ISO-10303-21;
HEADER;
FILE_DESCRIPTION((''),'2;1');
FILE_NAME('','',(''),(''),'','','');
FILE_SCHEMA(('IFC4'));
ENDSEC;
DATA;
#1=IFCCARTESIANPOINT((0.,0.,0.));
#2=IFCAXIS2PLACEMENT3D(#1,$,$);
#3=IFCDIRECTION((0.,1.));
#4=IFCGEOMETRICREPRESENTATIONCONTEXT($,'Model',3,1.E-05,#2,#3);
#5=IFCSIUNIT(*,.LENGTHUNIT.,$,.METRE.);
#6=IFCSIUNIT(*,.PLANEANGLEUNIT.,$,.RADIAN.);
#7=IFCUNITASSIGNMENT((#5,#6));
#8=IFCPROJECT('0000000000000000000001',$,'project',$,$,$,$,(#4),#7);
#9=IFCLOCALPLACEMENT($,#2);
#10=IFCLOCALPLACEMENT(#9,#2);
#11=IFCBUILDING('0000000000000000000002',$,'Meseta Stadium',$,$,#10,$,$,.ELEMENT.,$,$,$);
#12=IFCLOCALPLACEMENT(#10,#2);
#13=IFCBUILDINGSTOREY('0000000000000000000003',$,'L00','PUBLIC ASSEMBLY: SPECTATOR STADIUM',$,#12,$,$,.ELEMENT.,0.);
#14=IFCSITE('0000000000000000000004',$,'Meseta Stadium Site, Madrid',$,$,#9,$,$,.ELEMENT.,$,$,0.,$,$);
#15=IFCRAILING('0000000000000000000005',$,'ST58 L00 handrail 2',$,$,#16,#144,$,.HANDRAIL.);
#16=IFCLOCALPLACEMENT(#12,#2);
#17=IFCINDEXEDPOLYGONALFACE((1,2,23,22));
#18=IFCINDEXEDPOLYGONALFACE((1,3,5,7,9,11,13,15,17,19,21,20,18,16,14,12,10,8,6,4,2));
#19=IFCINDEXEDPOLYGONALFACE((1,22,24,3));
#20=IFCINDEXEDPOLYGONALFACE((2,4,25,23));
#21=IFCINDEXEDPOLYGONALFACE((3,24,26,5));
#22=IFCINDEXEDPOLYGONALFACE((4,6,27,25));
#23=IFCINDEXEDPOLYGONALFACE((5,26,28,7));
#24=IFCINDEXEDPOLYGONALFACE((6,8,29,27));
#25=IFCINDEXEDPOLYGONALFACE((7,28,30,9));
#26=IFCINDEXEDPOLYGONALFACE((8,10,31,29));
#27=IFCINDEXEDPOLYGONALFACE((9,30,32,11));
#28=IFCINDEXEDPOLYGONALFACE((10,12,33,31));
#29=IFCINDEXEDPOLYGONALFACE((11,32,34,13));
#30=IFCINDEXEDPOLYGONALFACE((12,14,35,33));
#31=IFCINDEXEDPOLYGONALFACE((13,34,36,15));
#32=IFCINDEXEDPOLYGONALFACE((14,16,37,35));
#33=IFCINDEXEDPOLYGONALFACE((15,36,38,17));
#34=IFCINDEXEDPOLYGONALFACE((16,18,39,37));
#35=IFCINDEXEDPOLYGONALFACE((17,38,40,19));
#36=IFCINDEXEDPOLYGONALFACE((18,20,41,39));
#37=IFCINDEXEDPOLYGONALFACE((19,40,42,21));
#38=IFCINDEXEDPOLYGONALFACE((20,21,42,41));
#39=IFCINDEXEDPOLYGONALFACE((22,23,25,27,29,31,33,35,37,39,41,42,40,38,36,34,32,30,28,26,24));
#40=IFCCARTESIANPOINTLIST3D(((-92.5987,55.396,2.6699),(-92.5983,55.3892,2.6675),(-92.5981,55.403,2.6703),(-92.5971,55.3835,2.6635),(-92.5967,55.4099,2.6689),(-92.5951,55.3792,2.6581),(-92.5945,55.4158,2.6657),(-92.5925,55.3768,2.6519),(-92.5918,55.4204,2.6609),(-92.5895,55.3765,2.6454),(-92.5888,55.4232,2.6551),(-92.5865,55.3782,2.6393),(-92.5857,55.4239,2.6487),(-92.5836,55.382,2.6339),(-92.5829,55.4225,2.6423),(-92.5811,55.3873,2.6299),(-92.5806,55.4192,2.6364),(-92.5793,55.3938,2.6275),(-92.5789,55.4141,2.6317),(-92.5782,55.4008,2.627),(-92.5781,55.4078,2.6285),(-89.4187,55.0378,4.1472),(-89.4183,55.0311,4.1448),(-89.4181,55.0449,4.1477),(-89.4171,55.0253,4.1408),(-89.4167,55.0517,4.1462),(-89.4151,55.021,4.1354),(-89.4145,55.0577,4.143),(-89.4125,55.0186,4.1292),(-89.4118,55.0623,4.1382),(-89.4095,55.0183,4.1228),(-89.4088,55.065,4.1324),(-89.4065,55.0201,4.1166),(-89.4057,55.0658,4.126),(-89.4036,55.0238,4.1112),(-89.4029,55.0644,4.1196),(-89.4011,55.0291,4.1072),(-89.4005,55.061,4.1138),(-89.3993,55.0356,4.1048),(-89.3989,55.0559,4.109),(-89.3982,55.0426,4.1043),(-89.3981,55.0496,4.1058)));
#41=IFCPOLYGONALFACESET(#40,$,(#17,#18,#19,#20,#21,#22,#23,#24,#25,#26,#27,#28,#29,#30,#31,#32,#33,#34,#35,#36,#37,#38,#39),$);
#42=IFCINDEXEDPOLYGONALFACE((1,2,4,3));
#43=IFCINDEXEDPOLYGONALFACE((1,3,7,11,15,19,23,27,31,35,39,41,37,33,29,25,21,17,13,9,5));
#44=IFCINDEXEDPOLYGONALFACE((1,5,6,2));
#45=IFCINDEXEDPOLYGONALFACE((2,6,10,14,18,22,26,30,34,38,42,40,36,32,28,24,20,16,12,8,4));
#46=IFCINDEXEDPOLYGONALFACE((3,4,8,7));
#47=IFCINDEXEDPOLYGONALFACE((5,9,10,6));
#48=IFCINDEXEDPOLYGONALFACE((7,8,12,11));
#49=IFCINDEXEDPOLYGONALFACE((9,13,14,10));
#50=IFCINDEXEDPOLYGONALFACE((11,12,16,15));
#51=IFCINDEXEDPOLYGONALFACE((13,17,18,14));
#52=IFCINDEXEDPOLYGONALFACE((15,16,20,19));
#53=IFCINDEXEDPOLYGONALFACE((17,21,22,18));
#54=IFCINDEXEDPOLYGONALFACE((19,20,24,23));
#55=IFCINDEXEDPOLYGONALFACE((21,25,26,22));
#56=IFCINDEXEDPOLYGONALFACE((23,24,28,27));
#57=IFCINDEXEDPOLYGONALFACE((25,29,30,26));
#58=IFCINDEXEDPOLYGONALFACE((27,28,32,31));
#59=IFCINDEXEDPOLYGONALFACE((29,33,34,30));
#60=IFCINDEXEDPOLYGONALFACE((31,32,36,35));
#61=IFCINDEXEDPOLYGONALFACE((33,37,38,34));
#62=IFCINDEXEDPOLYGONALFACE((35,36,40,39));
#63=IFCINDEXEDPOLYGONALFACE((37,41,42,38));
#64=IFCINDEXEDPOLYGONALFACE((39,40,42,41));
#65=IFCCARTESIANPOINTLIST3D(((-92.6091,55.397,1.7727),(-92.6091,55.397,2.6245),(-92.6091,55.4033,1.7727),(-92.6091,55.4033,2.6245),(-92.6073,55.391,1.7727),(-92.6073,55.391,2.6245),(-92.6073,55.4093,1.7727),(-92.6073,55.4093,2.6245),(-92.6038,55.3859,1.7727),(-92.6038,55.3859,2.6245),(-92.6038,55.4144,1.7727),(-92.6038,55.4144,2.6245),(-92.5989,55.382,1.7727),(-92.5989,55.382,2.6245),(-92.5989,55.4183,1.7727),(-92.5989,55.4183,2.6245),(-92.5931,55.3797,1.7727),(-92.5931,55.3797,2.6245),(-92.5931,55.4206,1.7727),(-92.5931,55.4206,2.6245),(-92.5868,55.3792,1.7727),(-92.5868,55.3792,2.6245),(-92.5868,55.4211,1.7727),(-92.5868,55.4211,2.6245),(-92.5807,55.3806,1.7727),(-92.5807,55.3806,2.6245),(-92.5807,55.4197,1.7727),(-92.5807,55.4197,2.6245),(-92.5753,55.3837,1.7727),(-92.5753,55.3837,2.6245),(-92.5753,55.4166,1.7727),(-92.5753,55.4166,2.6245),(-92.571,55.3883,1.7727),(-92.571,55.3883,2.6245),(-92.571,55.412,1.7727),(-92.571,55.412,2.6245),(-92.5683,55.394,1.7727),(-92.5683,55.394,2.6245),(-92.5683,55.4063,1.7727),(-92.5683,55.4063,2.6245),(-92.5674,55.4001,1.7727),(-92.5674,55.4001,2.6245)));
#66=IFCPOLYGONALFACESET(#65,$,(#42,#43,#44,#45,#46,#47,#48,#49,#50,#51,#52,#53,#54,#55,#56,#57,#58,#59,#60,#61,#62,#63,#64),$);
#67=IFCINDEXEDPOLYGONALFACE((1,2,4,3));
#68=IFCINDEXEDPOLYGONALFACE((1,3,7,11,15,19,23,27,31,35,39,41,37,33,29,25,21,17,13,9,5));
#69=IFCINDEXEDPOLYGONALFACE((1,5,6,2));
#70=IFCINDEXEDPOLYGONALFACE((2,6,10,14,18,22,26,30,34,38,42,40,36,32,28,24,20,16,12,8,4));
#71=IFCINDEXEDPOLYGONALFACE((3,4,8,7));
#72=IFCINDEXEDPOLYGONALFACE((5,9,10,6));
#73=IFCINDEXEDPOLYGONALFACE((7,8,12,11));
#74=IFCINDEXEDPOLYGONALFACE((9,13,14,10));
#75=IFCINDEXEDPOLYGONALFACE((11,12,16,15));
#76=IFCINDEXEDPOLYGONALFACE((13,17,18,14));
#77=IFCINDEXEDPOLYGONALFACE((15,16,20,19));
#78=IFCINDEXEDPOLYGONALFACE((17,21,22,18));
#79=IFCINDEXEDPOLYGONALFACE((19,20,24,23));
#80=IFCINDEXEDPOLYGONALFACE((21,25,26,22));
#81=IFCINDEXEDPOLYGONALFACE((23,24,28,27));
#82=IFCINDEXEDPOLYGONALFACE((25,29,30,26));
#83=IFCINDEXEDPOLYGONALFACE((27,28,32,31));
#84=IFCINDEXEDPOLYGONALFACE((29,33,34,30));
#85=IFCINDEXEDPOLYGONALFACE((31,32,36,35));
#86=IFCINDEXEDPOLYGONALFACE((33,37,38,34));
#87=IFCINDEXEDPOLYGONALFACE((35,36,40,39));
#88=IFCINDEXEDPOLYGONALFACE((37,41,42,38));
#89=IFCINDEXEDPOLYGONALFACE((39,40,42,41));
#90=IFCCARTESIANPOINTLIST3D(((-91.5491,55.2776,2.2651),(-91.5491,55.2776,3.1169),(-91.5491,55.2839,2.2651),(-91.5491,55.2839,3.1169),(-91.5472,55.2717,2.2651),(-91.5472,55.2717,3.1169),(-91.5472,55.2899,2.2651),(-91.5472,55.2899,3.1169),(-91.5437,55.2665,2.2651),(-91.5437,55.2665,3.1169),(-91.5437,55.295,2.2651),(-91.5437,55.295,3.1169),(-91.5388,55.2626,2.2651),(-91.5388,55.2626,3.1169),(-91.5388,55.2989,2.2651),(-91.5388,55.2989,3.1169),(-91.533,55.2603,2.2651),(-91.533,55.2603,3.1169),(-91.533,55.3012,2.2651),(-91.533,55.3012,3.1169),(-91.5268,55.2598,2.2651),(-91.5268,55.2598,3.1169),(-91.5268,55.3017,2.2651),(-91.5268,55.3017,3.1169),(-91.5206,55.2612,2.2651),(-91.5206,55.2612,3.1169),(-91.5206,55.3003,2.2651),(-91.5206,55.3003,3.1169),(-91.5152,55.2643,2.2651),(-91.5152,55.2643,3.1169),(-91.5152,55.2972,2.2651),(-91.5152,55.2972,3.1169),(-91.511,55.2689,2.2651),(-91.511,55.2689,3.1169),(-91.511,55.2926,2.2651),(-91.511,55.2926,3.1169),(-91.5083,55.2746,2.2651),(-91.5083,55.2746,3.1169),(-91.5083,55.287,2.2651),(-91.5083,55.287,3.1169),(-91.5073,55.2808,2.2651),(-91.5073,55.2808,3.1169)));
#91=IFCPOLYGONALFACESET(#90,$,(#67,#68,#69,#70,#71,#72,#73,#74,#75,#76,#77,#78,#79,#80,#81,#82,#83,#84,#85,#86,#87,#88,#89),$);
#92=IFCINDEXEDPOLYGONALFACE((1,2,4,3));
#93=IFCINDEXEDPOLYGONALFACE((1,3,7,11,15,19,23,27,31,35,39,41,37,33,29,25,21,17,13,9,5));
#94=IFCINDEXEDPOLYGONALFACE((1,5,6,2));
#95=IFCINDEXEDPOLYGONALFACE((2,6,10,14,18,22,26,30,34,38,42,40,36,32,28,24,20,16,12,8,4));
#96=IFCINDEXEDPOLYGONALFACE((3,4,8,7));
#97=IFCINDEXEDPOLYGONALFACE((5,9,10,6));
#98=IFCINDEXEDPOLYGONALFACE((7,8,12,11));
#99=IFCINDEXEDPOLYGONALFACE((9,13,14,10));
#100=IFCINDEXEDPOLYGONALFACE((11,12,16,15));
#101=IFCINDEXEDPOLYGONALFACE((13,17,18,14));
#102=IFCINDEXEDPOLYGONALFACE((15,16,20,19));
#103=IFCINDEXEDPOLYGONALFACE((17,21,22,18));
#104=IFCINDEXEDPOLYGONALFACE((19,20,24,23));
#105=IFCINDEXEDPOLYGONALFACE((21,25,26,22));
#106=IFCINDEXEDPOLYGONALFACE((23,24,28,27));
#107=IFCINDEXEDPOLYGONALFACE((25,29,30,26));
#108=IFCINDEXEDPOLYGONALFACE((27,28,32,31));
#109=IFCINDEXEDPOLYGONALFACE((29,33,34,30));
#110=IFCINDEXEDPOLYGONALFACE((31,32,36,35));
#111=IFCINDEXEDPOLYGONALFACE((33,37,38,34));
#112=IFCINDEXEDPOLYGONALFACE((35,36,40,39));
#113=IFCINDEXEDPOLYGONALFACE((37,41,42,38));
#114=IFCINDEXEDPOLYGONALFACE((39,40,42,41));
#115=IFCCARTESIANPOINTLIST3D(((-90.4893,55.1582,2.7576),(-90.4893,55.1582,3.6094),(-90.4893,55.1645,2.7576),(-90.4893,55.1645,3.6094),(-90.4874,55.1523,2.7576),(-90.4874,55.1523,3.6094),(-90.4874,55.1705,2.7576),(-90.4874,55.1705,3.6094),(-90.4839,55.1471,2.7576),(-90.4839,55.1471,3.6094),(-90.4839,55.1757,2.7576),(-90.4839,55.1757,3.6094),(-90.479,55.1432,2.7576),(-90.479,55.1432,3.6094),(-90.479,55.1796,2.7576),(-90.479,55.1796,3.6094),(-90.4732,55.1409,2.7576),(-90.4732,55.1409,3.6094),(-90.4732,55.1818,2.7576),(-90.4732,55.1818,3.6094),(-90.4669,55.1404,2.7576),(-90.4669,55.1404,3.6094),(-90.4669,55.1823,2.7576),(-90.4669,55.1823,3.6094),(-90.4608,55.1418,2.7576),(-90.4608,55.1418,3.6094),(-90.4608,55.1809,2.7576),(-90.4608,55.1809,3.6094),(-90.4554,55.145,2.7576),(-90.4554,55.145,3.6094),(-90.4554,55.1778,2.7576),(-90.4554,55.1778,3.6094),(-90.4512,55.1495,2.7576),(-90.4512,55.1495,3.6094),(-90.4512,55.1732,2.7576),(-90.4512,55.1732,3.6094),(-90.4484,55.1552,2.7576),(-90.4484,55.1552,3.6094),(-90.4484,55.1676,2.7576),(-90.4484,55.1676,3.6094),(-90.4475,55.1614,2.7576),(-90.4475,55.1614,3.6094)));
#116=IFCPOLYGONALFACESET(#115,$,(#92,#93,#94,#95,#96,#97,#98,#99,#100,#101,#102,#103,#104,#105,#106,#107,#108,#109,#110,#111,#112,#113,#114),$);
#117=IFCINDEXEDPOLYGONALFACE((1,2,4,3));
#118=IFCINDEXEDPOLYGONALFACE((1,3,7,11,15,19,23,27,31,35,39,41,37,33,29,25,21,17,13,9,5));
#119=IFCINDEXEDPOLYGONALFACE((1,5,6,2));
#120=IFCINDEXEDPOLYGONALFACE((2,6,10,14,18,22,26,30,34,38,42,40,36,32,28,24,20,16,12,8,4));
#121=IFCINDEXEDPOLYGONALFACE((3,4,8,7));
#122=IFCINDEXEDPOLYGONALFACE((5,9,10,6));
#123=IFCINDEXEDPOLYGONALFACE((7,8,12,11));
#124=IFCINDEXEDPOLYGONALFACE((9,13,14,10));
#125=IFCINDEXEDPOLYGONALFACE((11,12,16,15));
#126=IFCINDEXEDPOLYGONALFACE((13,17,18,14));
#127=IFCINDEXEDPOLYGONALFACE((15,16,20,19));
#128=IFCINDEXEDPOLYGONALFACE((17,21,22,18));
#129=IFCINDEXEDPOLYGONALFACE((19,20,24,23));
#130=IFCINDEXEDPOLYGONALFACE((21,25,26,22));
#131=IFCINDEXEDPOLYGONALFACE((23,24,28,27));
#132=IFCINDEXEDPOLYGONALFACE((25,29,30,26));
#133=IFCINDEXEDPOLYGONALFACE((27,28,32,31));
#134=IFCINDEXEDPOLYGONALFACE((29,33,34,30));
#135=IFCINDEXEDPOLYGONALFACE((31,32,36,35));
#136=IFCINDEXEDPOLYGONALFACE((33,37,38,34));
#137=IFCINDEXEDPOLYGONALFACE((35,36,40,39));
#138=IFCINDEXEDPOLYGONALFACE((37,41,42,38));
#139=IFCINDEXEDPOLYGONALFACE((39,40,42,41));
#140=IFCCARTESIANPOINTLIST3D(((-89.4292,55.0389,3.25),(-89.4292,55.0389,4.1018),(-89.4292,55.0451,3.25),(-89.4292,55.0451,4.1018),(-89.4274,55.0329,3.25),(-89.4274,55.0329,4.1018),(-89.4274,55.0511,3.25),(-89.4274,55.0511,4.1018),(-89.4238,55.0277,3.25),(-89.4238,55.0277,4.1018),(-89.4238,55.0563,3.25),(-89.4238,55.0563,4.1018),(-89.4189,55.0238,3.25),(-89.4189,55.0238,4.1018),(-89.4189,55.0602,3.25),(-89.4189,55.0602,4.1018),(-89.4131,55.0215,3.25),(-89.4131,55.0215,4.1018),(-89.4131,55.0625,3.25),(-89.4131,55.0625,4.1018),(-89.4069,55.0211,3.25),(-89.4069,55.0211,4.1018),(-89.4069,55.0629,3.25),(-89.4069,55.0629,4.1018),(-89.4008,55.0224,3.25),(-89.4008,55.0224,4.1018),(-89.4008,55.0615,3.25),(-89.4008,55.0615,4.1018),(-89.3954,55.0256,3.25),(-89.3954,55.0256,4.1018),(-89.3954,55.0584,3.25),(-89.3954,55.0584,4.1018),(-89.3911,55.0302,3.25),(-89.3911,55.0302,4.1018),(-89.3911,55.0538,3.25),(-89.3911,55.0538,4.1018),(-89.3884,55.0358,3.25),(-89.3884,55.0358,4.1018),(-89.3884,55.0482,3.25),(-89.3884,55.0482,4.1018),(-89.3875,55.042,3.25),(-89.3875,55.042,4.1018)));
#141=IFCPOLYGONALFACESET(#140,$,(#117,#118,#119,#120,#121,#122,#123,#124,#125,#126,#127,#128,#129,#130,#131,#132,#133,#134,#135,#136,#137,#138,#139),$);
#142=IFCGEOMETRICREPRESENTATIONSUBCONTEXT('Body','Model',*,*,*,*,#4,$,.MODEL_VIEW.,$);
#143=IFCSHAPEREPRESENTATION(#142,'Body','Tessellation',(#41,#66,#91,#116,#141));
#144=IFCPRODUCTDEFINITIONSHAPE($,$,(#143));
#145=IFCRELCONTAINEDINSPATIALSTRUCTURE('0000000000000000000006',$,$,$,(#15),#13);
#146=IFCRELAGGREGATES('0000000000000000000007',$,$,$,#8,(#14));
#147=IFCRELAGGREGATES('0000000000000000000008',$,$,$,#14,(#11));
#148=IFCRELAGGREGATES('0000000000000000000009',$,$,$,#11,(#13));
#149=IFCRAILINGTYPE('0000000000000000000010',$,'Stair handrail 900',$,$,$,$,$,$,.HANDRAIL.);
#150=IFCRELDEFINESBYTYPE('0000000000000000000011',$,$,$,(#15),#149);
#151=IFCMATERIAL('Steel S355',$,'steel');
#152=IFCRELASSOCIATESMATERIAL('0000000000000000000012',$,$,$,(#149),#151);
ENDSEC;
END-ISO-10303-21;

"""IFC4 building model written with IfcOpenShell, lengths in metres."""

from ifc_helpers import new_model, si_unit, direction, frame, origin, origin_2d, place, context, subcontext, project, spatial, circle, extrude, material, type_object, element, save


model = new_model("IFC4")

# Units and contexts
model_context = context("Model", 3, precision=1e-05, world=origin(), true_north=direction((0.0, 1.0)))
body_context = subcontext(model_context, "Body", "Model", "MODEL_VIEW")
ifc_project = project(units=[si_unit("LENGTHUNIT", "METRE"), si_unit("PLANEANGLEUNIT", "RADIAN")], contexts=[model_context])

# Site, building, storey
site_placement = place(None, origin())
site = spatial("IfcSite", under=ifc_project, at=site_placement, Name="Meseta Stadium Site, Madrid", CompositionType="ELEMENT", RefElevation=0.0)
building_placement = place(site_placement, origin())
building = spatial("IfcBuilding", under=site, at=building_placement, Name="Meseta Stadium", CompositionType="ELEMENT")
storey_placement = place(building_placement, origin())
storey = spatial("IfcBuildingStorey", under=building, at=storey_placement, Name="L00", Description="PUBLIC ASSEMBLY: SPECTATOR STADIUM", CompositionType="ELEMENT", Elevation=0.0)

# Railing
ifc_material_1 = material(Name="Steel S355", Category="steel")
railing_type_1 = type_object("IfcRailingType", Name="Stair handrail 900", PredefinedType="HANDRAIL", material=ifc_material_1)
for number, where, name in (
    (1, (-92.5884, 55.4001, 1.7727), "ST58 L00 handrail 2"),
):
    element("IfcRailing", number, at=place(storey_placement, frame(where)), inside=storey, type_object=railing_type_1, Name=name, PredefinedType="HANDRAIL", context=body_context, shape_type="SweptSolid", body=[
        extrude(circle(Radius=0.0239, at=origin_2d()), frame((0.0, 0.0, 0.876), z_axis=(0.902217, -0.101616, 0.419141), x_axis=(0.111922, 0.993717, 0.0)), (0.0, 0.0, 1.0), 3.5247),
        extrude(circle(Radius=0.021, at=origin_2d()), origin(), (0.0, 0.0, 1.0), 0.8518),
        extrude(circle(Radius=0.021, at=origin_2d()), frame((1.0601, -0.1194, 0.4924)), (0.0, 0.0, 1.0), 0.8518),
        extrude(circle(Radius=0.021, at=origin_2d()), frame((2.1199, -0.2388, 0.9849)), (0.0, 0.0, 1.0), 0.8518),
        extrude(circle(Radius=0.021, at=origin_2d()), frame((3.1799, -0.3582, 1.4773)), (0.0, 0.0, 1.0), 0.8518),
    ])

save(model, "model.ifc")
